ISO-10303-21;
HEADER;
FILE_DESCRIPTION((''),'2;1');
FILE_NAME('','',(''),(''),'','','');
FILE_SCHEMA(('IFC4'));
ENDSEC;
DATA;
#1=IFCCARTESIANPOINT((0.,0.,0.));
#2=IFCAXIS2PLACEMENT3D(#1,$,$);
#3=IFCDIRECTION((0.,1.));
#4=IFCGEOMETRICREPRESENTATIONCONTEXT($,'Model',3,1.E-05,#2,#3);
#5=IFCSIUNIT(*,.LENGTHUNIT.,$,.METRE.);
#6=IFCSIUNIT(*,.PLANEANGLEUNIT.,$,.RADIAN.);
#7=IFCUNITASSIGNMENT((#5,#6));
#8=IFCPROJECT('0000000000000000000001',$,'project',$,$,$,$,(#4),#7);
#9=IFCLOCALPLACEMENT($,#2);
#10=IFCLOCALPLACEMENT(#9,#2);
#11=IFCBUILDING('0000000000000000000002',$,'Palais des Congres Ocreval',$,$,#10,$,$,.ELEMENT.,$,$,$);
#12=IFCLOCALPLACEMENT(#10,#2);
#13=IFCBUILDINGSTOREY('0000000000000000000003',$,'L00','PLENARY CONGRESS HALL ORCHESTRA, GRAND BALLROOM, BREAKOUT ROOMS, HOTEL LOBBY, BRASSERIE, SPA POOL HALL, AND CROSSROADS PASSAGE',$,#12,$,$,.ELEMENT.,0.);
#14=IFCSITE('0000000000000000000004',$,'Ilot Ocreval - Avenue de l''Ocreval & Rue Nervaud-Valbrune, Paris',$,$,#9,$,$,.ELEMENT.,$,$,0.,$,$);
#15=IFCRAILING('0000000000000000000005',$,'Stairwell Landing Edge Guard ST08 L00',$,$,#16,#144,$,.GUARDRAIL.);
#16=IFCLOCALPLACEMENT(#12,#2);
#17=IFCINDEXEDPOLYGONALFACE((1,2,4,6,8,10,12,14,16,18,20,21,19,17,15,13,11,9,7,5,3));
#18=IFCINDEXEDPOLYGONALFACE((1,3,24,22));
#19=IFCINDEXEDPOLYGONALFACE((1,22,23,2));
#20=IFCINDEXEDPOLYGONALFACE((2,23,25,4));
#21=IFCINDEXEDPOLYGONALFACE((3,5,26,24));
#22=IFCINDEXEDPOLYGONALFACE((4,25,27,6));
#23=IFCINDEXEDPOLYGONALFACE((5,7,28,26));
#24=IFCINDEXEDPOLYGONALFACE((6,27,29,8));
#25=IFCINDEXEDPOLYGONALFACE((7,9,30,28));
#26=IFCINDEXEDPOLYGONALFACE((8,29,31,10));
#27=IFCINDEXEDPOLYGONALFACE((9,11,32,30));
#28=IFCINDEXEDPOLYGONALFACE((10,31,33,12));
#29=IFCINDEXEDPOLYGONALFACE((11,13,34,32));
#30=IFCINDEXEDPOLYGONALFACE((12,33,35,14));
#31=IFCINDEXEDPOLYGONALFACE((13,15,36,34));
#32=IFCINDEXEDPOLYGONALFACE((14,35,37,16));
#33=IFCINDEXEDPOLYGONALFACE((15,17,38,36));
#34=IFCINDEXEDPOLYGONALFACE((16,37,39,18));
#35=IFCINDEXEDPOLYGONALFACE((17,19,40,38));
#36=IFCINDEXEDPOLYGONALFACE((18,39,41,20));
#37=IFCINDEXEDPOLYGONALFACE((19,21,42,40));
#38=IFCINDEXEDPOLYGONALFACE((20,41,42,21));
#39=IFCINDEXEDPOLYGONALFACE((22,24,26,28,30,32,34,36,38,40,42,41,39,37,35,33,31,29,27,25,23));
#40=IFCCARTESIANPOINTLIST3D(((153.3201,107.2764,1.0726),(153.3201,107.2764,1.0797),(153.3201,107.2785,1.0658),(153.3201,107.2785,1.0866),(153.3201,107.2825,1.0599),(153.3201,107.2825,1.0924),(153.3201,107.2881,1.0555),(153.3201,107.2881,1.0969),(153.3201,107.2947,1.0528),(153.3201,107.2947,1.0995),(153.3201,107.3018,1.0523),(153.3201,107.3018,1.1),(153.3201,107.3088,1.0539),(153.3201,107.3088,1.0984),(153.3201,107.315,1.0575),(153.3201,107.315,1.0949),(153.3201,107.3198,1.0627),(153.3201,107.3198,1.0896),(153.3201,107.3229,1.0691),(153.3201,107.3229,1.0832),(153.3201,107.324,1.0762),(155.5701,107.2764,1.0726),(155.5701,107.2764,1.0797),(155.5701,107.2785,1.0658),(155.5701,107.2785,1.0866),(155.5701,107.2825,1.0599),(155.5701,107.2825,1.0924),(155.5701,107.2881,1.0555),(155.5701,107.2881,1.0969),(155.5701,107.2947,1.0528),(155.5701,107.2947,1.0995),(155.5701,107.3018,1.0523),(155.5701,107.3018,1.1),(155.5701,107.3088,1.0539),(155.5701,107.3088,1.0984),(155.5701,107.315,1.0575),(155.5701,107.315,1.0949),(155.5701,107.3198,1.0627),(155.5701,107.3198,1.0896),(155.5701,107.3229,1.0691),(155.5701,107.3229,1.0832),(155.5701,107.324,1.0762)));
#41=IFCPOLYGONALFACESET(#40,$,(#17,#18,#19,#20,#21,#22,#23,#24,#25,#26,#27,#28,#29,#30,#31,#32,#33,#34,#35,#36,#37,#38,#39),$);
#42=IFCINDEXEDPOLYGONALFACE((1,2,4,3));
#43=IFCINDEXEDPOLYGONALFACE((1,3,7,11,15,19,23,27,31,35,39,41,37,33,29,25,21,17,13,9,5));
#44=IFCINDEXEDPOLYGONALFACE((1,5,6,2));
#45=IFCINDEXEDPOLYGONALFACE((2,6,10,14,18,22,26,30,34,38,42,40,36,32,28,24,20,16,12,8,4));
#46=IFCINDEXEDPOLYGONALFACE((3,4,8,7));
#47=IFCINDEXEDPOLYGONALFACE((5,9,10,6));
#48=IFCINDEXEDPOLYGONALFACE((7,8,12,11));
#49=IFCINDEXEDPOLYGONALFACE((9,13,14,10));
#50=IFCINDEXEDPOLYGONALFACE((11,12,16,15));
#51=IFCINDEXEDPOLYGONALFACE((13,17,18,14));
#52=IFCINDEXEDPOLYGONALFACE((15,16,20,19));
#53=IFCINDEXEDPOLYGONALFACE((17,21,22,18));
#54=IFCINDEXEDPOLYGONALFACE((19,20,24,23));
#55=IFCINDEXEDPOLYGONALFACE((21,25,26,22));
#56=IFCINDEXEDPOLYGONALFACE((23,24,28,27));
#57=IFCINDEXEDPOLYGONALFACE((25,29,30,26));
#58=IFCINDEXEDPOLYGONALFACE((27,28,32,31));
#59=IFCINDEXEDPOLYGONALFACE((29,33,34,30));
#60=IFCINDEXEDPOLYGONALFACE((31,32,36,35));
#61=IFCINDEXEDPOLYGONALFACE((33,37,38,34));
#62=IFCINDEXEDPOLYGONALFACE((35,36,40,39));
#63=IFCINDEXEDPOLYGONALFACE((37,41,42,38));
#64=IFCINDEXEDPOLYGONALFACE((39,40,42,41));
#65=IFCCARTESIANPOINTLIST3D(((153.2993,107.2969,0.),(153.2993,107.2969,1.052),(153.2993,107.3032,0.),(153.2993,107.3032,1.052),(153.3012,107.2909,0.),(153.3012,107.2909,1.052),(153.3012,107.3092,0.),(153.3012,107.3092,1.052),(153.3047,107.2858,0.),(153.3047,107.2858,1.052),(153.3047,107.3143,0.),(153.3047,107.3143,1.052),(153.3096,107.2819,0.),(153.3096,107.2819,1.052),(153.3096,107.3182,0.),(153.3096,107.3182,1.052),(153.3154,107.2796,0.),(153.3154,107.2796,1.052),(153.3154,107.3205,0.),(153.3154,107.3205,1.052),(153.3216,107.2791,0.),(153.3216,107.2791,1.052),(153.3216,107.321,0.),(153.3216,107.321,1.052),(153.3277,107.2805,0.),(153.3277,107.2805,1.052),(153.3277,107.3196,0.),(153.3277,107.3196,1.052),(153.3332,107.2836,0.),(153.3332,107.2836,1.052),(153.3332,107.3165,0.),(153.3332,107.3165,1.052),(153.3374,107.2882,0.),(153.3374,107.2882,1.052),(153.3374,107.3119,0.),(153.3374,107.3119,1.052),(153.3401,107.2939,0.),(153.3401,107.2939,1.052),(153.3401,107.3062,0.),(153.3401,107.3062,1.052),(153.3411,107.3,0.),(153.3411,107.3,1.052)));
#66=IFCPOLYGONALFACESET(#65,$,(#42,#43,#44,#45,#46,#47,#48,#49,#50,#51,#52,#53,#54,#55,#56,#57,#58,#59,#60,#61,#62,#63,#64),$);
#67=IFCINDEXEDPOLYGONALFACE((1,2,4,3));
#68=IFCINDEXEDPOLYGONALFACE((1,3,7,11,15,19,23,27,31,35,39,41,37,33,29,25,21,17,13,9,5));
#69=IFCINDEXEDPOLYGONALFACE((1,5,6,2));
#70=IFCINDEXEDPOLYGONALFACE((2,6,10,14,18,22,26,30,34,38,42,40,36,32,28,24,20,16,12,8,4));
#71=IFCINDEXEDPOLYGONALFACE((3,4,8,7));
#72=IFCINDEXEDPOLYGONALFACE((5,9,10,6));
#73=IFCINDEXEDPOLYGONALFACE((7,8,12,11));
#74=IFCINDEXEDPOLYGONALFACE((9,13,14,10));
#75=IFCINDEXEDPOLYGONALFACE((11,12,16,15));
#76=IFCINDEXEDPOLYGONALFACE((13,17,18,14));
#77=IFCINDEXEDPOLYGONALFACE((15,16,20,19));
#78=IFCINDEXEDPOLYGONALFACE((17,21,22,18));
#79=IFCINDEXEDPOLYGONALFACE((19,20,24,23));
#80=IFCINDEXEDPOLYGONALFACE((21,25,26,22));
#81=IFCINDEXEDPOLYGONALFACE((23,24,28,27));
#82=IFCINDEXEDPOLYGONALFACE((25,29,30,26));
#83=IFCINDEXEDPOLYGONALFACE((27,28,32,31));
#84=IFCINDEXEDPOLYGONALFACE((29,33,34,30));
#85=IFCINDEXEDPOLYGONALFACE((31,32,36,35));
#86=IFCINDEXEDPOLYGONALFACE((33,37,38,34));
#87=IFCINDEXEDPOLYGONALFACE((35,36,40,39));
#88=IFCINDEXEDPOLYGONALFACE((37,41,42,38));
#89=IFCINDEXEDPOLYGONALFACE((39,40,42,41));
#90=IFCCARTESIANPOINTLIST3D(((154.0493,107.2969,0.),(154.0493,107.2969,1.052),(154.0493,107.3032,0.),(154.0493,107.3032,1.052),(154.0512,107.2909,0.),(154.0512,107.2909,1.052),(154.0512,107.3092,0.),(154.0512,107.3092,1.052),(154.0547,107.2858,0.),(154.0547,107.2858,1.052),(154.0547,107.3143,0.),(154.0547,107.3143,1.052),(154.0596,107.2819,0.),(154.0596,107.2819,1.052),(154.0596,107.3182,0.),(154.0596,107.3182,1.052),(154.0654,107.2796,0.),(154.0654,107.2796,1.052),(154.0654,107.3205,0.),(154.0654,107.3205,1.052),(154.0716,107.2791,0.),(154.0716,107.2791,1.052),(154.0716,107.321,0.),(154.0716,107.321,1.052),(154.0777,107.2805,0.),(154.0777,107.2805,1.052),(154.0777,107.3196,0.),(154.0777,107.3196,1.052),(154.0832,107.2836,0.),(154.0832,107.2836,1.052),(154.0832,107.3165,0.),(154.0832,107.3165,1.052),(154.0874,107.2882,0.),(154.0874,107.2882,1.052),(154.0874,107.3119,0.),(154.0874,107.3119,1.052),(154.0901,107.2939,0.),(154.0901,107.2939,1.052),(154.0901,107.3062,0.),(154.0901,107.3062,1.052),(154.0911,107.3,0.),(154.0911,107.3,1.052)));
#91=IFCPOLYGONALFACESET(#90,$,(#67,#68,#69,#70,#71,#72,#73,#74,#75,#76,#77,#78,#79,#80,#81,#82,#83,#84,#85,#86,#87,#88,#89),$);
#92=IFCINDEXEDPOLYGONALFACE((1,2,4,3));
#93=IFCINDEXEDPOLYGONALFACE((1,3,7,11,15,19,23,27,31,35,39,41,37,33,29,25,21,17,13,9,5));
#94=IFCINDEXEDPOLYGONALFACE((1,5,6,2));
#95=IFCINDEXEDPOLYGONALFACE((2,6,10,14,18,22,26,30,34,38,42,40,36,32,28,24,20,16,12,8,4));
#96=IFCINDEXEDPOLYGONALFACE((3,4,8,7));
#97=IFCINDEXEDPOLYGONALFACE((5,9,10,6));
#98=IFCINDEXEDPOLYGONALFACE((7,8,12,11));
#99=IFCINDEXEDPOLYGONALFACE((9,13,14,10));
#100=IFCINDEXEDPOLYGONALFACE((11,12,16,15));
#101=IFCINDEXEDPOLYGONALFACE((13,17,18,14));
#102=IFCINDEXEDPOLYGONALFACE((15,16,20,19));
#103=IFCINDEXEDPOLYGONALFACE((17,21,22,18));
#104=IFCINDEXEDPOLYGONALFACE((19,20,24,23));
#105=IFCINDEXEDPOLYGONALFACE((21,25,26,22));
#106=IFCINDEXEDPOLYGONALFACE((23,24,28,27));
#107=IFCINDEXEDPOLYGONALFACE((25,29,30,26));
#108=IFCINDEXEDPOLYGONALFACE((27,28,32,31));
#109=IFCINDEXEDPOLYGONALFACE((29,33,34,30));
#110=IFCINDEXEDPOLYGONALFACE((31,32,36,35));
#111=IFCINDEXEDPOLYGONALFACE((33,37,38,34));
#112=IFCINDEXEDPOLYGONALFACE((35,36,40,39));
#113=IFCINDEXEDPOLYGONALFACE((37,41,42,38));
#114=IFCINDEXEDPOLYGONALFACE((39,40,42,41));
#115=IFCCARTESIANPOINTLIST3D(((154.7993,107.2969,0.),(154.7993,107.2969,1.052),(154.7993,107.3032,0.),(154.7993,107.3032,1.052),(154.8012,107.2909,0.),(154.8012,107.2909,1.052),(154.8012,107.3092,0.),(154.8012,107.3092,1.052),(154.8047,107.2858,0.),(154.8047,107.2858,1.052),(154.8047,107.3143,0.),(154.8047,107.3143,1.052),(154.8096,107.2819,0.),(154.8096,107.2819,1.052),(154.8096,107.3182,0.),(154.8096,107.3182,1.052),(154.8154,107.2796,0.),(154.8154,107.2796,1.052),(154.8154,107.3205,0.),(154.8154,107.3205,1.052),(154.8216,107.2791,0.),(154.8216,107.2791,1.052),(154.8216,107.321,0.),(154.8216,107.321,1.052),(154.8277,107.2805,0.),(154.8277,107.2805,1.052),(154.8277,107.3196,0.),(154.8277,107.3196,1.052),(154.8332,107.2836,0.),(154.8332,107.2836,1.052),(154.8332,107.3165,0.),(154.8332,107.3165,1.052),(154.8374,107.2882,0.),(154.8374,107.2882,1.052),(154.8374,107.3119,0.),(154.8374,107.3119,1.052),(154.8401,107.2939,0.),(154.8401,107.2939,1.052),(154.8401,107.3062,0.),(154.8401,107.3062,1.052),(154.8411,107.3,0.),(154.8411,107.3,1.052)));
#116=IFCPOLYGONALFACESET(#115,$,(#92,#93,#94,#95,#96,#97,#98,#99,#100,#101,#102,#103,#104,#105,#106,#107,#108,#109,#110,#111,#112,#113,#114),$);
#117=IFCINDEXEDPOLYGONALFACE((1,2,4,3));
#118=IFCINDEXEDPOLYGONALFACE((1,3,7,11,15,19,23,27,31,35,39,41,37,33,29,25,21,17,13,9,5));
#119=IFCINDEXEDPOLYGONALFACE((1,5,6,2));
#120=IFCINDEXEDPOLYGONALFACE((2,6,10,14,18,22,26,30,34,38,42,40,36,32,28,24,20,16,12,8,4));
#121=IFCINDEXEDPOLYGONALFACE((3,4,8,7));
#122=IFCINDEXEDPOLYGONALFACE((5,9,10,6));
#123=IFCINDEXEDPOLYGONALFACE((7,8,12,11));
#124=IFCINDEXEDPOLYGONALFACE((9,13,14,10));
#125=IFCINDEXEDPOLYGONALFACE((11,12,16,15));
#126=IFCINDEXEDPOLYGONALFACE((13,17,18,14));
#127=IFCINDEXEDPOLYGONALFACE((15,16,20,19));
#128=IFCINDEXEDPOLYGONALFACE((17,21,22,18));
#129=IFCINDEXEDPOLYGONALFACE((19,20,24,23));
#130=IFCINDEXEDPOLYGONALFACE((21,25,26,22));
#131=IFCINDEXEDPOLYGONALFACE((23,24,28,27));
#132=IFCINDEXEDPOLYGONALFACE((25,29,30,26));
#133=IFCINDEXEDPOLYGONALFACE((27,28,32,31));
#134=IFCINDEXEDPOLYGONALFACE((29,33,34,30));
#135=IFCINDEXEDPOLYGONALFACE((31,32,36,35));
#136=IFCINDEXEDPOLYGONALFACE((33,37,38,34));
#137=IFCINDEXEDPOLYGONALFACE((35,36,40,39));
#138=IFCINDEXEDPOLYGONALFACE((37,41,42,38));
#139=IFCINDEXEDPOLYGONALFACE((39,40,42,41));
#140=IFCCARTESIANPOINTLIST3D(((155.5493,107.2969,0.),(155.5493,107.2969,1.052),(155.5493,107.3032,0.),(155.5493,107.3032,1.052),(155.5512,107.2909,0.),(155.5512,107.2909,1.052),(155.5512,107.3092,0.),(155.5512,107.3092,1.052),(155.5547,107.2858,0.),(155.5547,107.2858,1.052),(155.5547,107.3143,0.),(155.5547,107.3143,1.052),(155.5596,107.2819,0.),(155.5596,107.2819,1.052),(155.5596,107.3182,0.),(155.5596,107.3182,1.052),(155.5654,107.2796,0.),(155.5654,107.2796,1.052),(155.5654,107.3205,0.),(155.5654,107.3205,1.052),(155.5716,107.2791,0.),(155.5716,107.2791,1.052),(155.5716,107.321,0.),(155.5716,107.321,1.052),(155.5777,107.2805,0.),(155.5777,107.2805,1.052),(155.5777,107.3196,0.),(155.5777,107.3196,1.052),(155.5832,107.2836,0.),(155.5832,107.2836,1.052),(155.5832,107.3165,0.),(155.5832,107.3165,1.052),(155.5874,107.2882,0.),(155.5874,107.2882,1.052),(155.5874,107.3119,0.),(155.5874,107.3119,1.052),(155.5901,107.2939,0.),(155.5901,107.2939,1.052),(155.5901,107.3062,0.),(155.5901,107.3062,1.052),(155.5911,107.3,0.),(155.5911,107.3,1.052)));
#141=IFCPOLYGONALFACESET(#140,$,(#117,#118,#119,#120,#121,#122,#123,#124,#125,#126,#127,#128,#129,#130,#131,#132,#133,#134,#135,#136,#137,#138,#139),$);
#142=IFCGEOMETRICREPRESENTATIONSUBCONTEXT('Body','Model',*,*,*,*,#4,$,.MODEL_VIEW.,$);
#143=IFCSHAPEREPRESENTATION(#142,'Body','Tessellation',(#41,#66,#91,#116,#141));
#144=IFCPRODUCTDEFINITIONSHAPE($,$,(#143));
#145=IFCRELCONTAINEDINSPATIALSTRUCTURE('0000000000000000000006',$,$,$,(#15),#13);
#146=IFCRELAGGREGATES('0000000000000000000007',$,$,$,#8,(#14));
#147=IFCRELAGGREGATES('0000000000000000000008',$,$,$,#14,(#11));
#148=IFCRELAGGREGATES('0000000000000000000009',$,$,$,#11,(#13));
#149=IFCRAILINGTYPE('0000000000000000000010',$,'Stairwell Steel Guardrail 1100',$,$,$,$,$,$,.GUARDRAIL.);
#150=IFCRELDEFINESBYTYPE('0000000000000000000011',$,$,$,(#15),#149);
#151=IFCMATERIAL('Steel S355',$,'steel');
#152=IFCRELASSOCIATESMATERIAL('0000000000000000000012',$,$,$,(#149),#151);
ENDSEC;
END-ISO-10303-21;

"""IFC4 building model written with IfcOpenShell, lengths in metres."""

from ifc_helpers import new_model, si_unit, direction, frame, origin, origin_2d, place, context, subcontext, project, spatial, circle, extrude, material, type_object, element, save


model = new_model("IFC4")

# Units and contexts
model_context = context("Model", 3, precision=1e-05, world=origin(), true_north=direction((0.0, 1.0)))
body_context = subcontext(model_context, "Body", "Model", "MODEL_VIEW")
ifc_project = project(units=[si_unit("LENGTHUNIT", "METRE"), si_unit("PLANEANGLEUNIT", "RADIAN")], contexts=[model_context])

# Site, building, storey
site_placement = place(None, origin())
site = spatial("IfcSite", under=ifc_project, at=site_placement, Name="Ilot Ocreval - Avenue de l'Ocreval & Rue Nervaud-Valbrune, Paris", CompositionType="ELEMENT", RefElevation=0.0)
building_placement = place(site_placement, origin())
building = spatial("IfcBuilding", under=site, at=building_placement, Name="Palais des Congres Ocreval", CompositionType="ELEMENT")
storey_placement = place(building_placement, origin())
storey = spatial("IfcBuildingStorey", under=building, at=storey_placement, Name="L00", Description="PLENARY CONGRESS HALL ORCHESTRA, GRAND BALLROOM, BREAKOUT ROOMS, HOTEL LOBBY, BRASSERIE, SPA POOL HALL, AND CROSSROADS PASSAGE", CompositionType="ELEMENT", Elevation=0.0)

# Shared definitions
ifc_material_1 = material(Name="Steel S355", Category="steel")

# Railing
railing_type_1 = type_object("IfcRailingType", Name="Stairwell Steel Guardrail 1100", PredefinedType="GUARDRAIL", material=ifc_material_1)
railing_1_placement = place(storey_placement, frame((153.3201, 107.3, 0.0)))
element("IfcRailing", 1, at=railing_1_placement, inside=storey, type_object=railing_type_1, Name="Stairwell Landing Edge Guard ST08 L00", PredefinedType="GUARDRAIL", context=body_context, shape_type="SweptSolid", body=[
    extrude(circle(Radius=0.0239, at=origin_2d()), frame((0.0, 0.0, 1.0762), z_axis=(1.0, 0.0, 0.0), x_axis=(0.0, 1.0, 0.0)), (0.0, 0.0, 1.0), 2.25),
    extrude(circle(Radius=0.021, at=origin_2d()), origin(), (0.0, 0.0, 1.0), 1.052),
    extrude(circle(Radius=0.021, at=origin_2d()), frame((0.75, 0.0, 0.0)), (0.0, 0.0, 1.0), 1.052),
    extrude(circle(Radius=0.021, at=origin_2d()), frame((1.5, 0.0, 0.0)), (0.0, 0.0, 1.0), 1.052),
    extrude(circle(Radius=0.021, at=origin_2d()), frame((2.25, 0.0, 0.0)), (0.0, 0.0, 1.0), 1.052),
])

save(model, "model.ifc")
